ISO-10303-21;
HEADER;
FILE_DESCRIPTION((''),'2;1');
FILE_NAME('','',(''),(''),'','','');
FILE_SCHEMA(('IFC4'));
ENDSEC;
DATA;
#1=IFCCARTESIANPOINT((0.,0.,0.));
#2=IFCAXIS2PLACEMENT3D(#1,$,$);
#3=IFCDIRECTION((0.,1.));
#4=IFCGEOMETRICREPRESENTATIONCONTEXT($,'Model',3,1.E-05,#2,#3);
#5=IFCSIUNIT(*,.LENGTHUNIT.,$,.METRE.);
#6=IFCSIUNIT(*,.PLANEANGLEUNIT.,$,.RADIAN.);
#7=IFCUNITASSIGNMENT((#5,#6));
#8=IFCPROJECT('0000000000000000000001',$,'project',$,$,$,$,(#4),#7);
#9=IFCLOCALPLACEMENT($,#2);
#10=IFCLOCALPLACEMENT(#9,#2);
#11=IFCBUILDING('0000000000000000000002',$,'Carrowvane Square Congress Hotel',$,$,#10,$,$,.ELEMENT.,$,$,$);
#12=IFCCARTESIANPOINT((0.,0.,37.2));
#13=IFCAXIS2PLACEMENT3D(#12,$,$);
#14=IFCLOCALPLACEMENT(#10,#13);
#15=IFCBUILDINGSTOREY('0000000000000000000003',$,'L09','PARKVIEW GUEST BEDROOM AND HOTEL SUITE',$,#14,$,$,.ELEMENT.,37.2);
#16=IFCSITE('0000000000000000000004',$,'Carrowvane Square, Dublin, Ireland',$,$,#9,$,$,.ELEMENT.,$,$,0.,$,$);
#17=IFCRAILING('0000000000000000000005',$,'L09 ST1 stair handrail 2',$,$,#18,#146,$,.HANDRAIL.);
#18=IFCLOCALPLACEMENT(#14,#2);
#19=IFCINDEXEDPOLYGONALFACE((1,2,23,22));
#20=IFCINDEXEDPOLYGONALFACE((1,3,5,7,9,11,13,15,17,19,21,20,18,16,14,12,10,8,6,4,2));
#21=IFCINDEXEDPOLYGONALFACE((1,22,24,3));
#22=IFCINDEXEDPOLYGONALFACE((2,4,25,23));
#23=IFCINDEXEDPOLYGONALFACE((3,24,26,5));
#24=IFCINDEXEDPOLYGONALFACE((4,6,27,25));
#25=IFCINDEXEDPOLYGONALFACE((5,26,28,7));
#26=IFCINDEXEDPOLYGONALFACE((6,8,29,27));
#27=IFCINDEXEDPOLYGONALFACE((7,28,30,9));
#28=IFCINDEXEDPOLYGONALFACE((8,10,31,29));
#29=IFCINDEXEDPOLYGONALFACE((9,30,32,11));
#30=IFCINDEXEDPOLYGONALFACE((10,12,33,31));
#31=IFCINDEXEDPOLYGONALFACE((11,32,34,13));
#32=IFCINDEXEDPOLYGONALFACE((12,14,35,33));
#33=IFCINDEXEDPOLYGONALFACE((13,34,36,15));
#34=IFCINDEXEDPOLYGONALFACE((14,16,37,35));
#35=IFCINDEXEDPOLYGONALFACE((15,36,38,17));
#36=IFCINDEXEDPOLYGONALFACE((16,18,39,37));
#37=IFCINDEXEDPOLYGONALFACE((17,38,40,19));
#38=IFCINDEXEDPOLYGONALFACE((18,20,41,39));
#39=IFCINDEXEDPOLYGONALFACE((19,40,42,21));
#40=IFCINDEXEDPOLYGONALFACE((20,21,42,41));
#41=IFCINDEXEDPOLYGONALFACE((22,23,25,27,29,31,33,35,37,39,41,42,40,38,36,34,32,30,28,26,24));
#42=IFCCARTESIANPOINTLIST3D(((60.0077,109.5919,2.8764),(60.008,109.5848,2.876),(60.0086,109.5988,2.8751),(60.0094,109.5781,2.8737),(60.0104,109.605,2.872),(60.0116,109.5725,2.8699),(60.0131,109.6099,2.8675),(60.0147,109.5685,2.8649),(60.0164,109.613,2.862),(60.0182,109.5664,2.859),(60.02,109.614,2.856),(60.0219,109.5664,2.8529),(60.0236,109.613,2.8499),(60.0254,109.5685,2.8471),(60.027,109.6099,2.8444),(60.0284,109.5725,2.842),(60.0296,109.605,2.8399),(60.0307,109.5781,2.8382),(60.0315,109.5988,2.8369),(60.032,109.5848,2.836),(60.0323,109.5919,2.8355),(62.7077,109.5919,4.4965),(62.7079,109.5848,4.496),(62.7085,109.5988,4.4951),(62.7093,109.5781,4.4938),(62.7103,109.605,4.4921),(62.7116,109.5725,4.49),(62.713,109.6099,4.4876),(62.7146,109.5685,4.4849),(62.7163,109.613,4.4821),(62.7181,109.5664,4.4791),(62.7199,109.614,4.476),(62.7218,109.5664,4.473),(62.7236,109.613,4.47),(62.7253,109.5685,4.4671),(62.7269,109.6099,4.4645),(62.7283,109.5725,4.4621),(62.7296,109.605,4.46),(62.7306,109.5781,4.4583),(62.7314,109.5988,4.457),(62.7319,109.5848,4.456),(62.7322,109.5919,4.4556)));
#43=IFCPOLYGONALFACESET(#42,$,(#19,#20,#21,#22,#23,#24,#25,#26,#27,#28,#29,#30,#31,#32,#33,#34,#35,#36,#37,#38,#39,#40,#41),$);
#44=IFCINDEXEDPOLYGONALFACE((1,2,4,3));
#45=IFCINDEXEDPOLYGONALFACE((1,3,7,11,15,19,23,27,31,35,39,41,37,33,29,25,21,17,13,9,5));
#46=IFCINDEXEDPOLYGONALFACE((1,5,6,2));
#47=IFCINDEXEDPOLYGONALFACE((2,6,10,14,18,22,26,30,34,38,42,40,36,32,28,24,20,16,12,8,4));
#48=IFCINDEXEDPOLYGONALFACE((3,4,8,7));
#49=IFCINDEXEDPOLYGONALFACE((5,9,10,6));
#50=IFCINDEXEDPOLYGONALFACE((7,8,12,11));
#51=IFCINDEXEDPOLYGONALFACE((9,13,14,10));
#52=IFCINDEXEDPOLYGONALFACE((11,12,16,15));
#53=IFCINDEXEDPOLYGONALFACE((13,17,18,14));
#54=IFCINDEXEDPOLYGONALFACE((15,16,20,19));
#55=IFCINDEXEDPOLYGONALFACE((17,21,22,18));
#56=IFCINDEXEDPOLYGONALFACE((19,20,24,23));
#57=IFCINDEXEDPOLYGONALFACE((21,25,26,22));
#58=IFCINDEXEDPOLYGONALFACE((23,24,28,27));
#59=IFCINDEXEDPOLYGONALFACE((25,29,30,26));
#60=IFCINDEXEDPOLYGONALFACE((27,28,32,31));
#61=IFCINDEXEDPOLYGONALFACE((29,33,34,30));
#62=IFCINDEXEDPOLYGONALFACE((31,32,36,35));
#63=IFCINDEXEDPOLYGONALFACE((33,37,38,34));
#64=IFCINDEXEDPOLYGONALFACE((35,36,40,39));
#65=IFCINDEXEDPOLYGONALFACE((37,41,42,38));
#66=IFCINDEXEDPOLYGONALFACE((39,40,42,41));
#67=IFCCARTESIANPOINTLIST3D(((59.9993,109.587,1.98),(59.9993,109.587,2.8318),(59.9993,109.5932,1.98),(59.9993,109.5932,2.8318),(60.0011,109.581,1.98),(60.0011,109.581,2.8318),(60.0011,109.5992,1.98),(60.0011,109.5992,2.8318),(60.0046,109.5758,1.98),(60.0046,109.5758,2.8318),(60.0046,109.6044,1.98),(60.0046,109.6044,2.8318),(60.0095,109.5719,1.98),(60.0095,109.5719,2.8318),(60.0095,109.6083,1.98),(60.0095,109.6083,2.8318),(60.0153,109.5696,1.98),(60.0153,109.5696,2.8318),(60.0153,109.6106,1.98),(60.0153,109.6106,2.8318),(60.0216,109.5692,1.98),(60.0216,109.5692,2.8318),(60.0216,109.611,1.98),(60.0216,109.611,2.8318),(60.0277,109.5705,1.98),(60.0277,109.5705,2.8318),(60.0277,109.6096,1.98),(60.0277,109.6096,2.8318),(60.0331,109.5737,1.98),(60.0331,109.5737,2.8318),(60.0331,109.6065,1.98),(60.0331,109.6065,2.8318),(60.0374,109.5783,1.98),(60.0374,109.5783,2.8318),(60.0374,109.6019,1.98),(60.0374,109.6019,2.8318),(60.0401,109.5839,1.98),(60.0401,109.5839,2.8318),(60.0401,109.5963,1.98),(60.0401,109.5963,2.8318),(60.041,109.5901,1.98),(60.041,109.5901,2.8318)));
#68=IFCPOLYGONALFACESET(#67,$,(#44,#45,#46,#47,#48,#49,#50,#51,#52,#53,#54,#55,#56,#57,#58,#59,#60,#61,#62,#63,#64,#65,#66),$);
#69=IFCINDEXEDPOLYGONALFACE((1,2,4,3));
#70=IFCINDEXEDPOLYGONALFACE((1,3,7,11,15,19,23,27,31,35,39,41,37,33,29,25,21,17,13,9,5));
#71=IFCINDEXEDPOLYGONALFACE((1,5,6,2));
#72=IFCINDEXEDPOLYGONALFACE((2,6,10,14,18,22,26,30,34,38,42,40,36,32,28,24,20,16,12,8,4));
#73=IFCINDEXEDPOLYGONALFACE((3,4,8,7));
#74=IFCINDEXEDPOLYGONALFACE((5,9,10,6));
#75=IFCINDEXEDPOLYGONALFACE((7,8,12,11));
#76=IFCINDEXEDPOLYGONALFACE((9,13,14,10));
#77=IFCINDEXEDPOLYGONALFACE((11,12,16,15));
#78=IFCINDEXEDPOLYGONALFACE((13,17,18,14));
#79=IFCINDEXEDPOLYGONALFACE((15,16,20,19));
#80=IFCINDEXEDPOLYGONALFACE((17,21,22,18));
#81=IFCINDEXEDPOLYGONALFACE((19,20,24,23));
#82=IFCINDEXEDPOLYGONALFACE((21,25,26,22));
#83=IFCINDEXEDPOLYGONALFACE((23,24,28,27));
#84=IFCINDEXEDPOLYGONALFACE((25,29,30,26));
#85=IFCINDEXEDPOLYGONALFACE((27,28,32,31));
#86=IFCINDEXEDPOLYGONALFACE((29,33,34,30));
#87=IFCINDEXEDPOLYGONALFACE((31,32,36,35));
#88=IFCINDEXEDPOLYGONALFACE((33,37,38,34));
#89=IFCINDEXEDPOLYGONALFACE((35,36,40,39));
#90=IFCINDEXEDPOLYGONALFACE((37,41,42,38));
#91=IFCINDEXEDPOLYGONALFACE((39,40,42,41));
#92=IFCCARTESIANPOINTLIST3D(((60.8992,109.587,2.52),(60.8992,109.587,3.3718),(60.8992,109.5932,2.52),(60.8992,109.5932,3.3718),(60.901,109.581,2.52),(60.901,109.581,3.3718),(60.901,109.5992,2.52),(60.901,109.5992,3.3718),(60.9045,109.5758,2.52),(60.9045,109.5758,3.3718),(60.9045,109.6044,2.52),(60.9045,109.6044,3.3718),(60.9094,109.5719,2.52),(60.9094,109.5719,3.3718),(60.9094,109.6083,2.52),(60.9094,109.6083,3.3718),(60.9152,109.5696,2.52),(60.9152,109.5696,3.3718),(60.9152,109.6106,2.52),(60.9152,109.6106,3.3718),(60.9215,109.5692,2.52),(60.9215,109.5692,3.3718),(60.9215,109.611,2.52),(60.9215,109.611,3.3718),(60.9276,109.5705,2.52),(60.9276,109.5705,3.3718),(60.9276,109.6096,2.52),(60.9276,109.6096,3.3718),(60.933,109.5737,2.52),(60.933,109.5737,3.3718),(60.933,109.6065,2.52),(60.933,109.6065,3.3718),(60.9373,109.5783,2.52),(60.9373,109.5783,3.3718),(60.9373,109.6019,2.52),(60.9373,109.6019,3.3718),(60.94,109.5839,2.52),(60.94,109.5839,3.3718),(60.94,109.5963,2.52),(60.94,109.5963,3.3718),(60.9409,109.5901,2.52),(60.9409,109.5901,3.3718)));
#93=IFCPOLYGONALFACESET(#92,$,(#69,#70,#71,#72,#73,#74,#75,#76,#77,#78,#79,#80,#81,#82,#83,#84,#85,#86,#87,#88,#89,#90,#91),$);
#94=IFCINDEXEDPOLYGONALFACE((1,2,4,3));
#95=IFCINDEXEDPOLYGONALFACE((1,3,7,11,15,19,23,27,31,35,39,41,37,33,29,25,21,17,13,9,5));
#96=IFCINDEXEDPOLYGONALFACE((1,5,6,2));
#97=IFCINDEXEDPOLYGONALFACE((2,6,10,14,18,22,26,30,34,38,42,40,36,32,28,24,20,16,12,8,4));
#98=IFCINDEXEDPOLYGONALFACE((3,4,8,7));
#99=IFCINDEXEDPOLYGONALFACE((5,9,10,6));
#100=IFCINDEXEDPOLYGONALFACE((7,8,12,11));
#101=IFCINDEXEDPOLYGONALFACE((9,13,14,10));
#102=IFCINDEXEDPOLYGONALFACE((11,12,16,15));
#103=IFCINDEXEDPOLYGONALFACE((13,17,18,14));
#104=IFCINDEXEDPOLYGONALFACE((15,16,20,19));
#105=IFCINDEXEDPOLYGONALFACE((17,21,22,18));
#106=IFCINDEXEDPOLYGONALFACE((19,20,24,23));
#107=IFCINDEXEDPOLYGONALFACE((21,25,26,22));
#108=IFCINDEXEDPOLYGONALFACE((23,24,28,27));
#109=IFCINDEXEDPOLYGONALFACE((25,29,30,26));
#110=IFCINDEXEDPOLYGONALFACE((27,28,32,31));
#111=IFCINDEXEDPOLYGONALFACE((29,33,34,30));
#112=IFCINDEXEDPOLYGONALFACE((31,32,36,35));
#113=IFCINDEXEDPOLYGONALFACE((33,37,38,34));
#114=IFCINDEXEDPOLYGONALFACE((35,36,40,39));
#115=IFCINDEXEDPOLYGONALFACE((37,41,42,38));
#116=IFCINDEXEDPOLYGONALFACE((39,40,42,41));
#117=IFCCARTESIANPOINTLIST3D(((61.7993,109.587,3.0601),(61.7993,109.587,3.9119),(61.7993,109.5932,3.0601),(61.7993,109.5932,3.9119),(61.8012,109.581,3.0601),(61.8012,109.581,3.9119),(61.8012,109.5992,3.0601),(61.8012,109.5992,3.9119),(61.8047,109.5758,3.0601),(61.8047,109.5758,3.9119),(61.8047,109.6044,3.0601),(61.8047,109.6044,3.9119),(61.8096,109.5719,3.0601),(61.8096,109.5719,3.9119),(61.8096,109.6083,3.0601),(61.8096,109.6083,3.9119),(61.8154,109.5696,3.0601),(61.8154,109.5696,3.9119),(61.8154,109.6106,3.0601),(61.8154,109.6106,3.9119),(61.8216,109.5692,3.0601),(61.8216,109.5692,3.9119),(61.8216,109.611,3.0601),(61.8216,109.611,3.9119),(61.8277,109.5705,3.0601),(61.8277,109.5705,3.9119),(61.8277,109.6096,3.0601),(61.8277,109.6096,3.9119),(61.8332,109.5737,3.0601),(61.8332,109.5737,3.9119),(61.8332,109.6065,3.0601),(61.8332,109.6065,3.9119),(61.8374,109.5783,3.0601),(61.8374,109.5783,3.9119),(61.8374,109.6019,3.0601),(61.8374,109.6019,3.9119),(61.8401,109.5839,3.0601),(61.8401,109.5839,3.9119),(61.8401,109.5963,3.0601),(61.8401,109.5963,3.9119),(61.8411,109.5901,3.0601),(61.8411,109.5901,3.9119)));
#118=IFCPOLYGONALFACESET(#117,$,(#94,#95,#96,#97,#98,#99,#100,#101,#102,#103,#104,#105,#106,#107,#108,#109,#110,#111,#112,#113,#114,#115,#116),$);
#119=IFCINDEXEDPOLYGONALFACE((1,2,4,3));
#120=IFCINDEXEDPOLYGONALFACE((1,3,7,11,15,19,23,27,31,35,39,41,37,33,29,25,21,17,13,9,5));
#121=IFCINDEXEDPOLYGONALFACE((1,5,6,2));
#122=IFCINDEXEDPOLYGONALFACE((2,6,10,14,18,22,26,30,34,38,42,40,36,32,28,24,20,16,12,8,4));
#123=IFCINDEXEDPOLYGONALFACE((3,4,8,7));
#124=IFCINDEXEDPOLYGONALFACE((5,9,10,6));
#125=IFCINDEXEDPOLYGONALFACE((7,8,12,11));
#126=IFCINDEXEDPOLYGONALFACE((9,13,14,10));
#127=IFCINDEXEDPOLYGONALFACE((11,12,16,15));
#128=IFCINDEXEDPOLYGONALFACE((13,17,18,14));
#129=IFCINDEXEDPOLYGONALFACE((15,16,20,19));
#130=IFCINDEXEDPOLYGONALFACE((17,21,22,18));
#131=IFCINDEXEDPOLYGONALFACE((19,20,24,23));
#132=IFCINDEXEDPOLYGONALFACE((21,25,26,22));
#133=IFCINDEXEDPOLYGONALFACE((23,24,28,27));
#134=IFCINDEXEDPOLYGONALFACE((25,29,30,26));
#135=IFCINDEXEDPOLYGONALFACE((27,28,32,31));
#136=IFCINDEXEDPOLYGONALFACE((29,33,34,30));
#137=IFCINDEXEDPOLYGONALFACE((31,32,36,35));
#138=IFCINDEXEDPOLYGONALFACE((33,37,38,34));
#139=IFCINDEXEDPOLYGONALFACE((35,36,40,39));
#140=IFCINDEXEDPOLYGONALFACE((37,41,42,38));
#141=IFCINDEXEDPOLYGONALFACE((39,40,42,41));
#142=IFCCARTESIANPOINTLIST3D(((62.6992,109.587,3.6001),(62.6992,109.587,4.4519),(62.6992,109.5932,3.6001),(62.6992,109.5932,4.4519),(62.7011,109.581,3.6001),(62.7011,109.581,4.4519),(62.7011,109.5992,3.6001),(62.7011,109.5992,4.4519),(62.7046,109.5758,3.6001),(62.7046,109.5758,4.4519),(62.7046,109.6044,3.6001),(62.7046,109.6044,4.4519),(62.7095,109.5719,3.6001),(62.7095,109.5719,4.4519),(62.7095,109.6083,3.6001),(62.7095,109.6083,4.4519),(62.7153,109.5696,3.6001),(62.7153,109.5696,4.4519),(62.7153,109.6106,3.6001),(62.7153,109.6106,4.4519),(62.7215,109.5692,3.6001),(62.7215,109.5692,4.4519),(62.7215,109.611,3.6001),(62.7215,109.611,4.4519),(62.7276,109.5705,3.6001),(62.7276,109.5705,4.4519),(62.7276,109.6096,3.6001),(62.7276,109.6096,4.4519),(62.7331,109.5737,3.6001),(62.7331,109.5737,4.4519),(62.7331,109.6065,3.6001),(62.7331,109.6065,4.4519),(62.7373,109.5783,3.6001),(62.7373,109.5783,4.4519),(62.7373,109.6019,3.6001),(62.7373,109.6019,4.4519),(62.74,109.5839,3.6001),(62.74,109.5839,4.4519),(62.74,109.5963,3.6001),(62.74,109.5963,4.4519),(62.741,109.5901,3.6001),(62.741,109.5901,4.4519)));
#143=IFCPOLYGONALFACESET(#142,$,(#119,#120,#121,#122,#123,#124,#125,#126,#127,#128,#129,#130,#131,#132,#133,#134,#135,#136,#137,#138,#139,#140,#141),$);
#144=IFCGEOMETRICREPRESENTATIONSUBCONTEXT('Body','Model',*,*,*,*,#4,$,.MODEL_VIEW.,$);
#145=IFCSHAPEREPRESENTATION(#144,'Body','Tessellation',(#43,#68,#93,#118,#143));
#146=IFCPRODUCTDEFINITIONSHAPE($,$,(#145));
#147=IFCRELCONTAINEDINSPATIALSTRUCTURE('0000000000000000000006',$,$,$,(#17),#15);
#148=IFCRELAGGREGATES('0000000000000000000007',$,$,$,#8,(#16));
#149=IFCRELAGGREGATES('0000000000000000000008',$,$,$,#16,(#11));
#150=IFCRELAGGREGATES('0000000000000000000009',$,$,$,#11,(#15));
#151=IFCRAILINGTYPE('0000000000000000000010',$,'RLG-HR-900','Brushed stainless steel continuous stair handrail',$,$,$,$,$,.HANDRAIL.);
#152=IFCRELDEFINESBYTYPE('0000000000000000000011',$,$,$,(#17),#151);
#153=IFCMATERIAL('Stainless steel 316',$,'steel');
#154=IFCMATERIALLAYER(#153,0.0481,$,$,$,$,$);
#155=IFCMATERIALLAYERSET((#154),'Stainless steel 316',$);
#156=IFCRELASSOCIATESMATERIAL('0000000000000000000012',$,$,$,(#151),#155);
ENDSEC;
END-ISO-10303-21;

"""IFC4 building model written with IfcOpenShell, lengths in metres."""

from ifc_helpers import new_model, si_unit, direction, frame, origin, origin_2d, place, context, subcontext, project, spatial, circle, extrude, material, layer, layer_set, type_object, element, save


model = new_model("IFC4")

# Units and contexts
model_context = context("Model", 3, precision=1e-05, world=origin(), true_north=direction((0.0, 1.0)))
body_context = subcontext(model_context, "Body", "Model", "MODEL_VIEW")
ifc_project = project(units=[si_unit("LENGTHUNIT", "METRE"), si_unit("PLANEANGLEUNIT", "RADIAN")], contexts=[model_context])

# Site, building, storey
site_placement = place(None, origin())
site = spatial("IfcSite", under=ifc_project, at=site_placement, Name="Carrowvane Square, Dublin, Ireland", CompositionType="ELEMENT", RefElevation=0.0)
building_placement = place(site_placement, origin())
building = spatial("IfcBuilding", under=site, at=building_placement, Name="Carrowvane Square Congress Hotel", CompositionType="ELEMENT")
storey_placement = place(building_placement, frame((0.0, 0.0, 37.2)))
storey = spatial("IfcBuildingStorey", under=building, at=storey_placement, Name="L09", Description="PARKVIEW GUEST BEDROOM AND HOTEL SUITE", CompositionType="ELEMENT", Elevation=37.2)

# Railing
ifc_material_1 = material(Name="Stainless steel 316", Category="steel")
ifc_layer_1 = layer(ifc_material_1, 0.0481)
ifc_layer_set_1 = layer_set([ifc_layer_1], Name="Stainless steel 316")
railing_type_1 = type_object("IfcRailingType", Name="RLG-HR-900", Description="Brushed stainless steel continuous stair handrail", PredefinedType="HANDRAIL", material=ifc_layer_set_1)
railing_1_placement = place(storey_placement, frame((60.02, 109.5901, 1.98)))
element("IfcRailing", 1, at=railing_1_placement, inside=storey, type_object=railing_type_1, Name="L09 ST1 stair handrail 2", PredefinedType="HANDRAIL", context=body_context, shape_type="SweptSolid", body=[
    extrude(circle(Radius=0.0239, at=origin_2d()), frame((0.0, 0.0, 0.876), z_axis=(0.857472, 0.0, 0.51453), x_axis=(0.0, 1.0, 0.0)), (0.0, 0.0, 1.0), 3.1487),
    extrude(circle(Radius=0.021, at=origin_2d()), origin(), (0.0, 0.0, 1.0), 0.8518),
    extrude(circle(Radius=0.021, at=origin_2d()), frame((0.8999, 0.0, 0.54)), (0.0, 0.0, 1.0), 0.8518),
    extrude(circle(Radius=0.021, at=origin_2d()), frame((1.8, 0.0, 1.0801)), (0.0, 0.0, 1.0), 0.8518),
    extrude(circle(Radius=0.021, at=origin_2d()), frame((2.7, 0.0, 1.6201)), (0.0, 0.0, 1.0), 0.8518),
])

save(model, "model.ifc")
